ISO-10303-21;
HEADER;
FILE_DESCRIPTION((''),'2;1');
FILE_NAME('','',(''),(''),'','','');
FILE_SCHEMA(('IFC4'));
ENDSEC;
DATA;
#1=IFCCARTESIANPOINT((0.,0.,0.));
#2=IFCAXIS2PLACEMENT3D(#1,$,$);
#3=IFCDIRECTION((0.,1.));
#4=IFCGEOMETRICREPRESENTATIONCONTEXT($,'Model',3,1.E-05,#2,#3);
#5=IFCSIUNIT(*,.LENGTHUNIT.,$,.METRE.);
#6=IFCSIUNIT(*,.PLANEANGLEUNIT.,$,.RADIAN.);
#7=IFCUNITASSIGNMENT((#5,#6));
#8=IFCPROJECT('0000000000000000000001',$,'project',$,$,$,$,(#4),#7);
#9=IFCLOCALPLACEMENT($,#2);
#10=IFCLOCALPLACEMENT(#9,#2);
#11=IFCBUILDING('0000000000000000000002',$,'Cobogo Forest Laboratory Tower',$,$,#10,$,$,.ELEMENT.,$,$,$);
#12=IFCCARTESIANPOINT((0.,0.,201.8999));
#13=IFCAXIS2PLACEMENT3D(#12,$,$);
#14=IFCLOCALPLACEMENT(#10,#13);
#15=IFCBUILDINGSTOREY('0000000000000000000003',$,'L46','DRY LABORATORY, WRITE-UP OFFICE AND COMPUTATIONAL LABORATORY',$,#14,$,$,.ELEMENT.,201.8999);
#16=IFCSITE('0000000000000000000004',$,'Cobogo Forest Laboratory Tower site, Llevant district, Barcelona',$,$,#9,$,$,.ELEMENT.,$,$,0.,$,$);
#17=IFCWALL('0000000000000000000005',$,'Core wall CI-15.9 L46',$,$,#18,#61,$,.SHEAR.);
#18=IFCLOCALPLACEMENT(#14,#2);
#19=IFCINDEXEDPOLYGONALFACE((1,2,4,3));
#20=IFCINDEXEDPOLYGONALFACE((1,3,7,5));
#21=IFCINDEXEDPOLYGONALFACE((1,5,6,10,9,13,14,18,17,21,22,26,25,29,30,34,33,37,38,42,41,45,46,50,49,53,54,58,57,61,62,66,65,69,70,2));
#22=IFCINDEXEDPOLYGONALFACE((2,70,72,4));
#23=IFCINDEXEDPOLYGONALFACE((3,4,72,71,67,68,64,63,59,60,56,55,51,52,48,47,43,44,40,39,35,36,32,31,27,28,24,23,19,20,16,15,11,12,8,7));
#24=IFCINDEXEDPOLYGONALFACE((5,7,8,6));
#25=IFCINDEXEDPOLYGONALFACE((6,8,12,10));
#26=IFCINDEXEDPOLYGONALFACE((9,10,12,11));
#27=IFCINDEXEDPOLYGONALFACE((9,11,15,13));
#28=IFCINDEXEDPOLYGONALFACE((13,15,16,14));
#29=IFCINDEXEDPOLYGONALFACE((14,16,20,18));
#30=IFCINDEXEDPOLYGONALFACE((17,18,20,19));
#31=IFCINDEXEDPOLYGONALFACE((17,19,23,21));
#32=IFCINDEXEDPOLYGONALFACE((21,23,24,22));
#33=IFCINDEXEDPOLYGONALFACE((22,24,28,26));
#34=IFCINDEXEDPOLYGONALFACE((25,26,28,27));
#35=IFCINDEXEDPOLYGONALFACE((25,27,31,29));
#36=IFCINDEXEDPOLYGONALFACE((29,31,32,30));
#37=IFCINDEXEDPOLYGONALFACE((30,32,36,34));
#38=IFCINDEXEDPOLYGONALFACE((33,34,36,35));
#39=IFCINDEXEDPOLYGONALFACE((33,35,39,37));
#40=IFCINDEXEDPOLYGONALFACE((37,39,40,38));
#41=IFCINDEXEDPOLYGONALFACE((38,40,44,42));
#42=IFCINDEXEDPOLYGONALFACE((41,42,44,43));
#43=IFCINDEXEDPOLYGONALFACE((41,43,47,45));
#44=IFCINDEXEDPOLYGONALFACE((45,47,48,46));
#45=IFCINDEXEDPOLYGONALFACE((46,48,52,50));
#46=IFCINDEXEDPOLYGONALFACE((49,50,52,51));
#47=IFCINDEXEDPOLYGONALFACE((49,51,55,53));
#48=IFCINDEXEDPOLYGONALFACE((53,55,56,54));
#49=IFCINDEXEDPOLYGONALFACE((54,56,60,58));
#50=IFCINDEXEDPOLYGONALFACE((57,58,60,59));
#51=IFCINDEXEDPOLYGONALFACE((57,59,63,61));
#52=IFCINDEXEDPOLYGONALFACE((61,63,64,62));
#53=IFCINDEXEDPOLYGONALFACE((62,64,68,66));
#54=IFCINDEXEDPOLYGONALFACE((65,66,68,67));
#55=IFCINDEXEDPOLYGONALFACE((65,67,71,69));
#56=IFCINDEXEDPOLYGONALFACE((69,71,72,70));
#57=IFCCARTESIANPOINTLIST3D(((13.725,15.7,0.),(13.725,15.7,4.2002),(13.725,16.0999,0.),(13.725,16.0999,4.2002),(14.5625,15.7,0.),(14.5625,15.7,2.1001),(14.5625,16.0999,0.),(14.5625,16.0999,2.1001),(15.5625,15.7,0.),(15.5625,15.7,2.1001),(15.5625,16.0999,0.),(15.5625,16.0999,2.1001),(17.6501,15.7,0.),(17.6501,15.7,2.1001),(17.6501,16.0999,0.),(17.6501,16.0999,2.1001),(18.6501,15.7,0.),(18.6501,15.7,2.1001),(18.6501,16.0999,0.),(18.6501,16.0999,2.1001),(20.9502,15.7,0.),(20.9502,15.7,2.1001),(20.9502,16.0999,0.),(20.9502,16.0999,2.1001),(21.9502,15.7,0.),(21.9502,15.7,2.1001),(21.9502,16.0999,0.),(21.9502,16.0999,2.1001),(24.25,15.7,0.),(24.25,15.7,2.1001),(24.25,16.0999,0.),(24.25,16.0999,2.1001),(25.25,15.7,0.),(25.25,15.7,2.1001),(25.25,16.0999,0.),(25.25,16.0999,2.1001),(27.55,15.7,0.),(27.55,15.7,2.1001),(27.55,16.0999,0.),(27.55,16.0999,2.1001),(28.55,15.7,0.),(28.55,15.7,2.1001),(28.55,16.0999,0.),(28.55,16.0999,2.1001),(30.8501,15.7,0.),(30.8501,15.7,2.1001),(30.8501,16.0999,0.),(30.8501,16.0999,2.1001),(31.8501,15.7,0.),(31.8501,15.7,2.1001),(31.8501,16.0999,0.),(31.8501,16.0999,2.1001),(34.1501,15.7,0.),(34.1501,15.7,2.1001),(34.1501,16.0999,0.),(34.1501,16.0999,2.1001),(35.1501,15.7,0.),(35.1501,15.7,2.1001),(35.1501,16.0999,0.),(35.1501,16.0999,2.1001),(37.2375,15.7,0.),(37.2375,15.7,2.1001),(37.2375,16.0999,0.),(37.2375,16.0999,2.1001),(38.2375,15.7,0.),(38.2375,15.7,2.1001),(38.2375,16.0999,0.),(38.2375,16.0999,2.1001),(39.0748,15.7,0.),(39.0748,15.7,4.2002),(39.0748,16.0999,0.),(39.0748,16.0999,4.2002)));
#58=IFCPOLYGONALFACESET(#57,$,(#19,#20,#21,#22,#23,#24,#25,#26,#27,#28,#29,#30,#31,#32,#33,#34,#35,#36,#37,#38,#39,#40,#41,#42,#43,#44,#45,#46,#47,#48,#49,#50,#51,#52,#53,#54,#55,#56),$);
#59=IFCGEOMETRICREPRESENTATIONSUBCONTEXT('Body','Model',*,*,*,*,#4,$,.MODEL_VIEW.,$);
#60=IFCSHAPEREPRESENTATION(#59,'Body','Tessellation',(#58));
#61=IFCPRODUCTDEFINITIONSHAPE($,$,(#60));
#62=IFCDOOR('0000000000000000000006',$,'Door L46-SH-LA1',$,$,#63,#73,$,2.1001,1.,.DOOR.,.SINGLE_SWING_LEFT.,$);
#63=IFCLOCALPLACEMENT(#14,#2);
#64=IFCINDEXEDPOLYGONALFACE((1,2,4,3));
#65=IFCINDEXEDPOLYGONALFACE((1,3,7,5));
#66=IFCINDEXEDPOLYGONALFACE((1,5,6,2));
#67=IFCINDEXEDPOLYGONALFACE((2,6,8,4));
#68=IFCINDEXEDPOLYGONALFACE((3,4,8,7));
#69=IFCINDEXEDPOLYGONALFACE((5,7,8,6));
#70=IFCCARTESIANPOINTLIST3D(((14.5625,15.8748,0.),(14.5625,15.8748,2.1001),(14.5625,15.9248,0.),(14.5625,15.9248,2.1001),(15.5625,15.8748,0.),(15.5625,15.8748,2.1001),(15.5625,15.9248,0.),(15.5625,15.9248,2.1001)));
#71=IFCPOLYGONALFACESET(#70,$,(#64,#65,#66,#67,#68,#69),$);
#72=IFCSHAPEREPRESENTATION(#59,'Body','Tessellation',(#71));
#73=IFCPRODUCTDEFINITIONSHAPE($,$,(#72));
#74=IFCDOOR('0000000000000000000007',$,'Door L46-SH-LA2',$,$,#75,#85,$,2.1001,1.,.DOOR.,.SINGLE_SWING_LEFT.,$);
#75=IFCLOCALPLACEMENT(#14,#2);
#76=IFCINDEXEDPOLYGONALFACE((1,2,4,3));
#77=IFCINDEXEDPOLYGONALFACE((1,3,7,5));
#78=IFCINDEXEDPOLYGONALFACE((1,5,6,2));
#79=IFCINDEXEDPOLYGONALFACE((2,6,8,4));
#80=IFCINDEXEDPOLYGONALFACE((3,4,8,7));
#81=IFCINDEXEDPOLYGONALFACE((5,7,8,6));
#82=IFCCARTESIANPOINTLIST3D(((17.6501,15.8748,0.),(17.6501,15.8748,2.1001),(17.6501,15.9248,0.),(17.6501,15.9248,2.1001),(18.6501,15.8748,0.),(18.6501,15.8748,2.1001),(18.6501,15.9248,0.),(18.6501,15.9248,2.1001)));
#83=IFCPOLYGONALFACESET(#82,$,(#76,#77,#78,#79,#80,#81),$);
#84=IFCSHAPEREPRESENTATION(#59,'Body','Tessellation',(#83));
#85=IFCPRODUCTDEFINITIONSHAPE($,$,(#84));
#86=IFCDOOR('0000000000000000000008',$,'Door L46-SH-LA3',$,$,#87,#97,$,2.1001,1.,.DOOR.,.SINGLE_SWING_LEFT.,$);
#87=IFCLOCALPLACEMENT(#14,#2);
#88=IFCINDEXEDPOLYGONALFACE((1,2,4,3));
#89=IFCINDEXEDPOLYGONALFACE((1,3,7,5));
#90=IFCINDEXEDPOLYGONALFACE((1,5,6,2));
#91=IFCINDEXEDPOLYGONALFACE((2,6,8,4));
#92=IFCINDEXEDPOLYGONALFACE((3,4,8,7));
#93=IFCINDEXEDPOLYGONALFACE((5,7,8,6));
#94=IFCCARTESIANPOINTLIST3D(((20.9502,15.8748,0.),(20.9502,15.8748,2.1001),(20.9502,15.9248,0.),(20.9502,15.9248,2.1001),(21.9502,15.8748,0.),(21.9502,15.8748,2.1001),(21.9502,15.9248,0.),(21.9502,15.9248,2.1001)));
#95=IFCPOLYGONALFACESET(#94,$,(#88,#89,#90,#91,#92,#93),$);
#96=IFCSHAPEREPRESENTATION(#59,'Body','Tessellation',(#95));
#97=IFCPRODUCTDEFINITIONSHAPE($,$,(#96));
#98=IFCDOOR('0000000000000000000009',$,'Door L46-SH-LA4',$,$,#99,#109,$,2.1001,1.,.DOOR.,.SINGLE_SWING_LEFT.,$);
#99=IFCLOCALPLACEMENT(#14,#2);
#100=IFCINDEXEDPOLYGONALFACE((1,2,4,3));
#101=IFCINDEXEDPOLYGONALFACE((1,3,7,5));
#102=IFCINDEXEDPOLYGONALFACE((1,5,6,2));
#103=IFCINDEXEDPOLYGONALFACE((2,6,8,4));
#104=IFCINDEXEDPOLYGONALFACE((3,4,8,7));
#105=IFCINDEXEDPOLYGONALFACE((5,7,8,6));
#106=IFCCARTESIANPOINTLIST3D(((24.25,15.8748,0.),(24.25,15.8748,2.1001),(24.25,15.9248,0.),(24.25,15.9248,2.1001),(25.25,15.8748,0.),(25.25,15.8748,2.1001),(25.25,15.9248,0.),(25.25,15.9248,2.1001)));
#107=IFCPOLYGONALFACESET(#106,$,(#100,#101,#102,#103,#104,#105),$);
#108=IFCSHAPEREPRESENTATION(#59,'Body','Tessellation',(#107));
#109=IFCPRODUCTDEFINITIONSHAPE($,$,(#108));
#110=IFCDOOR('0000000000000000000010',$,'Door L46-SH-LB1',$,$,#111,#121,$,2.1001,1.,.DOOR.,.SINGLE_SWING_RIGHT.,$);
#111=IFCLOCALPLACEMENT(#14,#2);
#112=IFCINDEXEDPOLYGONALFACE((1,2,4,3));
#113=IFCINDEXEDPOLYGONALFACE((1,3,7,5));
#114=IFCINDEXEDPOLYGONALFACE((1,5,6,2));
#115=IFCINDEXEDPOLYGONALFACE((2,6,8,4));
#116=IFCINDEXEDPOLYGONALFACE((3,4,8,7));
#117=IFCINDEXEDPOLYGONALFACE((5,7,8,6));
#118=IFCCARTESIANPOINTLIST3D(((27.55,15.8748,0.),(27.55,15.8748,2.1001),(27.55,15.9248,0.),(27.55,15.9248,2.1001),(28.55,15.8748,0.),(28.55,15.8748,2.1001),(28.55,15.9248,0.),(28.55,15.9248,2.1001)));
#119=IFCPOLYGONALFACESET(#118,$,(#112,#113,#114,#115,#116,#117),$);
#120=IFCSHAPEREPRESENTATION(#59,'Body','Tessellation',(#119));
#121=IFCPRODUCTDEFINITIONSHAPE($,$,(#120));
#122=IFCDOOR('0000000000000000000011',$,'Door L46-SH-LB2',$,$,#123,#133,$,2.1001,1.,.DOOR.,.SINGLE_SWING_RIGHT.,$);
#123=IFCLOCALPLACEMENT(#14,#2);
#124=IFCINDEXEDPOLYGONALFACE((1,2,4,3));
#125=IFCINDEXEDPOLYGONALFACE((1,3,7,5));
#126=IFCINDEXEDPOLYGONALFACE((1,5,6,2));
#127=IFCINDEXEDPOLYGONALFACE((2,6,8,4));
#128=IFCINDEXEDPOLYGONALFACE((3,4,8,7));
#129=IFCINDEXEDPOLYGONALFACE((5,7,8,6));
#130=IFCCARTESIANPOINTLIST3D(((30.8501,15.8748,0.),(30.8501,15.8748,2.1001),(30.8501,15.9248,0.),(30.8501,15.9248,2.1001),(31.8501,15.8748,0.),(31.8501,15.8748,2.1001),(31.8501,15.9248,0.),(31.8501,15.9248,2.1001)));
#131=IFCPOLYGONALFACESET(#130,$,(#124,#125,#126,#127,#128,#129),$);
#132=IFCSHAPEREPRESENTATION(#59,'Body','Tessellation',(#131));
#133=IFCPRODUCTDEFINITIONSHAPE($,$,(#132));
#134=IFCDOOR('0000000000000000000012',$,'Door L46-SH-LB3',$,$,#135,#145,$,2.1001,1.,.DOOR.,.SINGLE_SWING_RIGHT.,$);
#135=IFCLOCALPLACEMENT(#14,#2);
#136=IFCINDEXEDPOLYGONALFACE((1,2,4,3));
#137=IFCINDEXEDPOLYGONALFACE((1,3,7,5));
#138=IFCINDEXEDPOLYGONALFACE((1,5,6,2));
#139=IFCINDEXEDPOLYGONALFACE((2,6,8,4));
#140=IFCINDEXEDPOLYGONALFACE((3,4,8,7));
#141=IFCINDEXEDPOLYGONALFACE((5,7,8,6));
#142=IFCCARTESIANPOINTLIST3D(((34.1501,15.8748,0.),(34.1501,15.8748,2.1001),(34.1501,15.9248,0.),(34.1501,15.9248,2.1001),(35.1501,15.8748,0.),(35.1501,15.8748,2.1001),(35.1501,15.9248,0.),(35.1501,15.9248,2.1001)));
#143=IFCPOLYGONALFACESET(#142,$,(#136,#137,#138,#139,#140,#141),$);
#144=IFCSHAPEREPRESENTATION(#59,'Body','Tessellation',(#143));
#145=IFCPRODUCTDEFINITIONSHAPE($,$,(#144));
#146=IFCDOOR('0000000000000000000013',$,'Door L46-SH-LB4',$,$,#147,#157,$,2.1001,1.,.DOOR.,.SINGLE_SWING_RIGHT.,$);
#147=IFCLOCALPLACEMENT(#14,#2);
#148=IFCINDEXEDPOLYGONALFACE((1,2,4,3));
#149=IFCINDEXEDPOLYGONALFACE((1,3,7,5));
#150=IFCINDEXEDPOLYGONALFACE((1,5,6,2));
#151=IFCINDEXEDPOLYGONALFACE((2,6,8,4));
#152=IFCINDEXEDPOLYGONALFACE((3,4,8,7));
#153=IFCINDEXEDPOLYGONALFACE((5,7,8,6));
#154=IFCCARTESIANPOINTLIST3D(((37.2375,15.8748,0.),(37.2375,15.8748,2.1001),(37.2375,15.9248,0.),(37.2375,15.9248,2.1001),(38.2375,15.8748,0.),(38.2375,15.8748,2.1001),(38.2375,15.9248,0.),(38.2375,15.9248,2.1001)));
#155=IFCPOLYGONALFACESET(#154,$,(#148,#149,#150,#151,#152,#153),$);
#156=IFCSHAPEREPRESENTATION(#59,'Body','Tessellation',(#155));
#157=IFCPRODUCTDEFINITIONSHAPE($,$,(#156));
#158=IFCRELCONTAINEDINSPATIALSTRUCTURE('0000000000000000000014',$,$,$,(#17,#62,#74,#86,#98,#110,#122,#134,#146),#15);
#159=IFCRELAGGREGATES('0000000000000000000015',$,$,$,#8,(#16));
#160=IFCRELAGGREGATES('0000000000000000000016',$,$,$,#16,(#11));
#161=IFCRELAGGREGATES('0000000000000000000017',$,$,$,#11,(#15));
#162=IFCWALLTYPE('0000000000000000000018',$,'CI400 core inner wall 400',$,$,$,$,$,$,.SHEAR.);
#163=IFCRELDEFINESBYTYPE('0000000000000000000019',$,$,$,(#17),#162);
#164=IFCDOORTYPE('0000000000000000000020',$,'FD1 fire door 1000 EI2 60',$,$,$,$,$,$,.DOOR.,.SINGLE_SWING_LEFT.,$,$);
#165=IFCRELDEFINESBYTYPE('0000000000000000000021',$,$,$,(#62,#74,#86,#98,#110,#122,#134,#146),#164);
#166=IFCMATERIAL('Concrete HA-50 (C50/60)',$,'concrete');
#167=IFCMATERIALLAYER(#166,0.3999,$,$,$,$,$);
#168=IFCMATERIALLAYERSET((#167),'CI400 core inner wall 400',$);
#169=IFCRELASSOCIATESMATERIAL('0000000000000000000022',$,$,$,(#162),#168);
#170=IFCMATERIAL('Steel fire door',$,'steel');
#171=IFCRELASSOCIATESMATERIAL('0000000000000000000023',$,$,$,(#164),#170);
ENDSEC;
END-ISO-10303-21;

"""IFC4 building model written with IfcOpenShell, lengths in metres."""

from ifc_helpers import new_model, si_unit, direction, frame, frame_2d, origin, place, context, subcontext, project, spatial, rectangle, extrude, material, layer, layer_set, type_object, element, fill, save


model = new_model("IFC4")

# Units and contexts
model_context = context("Model", 3, precision=1e-05, world=origin(), true_north=direction((0.0, 1.0)))
body_context = subcontext(model_context, "Body", "Model", "MODEL_VIEW")
ifc_project = project(units=[si_unit("LENGTHUNIT", "METRE"), si_unit("PLANEANGLEUNIT", "RADIAN")], contexts=[model_context])

# Site, building, storey
site_placement = place(None, origin())
site = spatial("IfcSite", under=ifc_project, at=site_placement, Name="Cobogo Forest Laboratory Tower site, Llevant district, Barcelona", CompositionType="ELEMENT", RefElevation=0.0)
building_placement = place(site_placement, origin())
building = spatial("IfcBuilding", under=site, at=building_placement, Name="Cobogo Forest Laboratory Tower", CompositionType="ELEMENT")
storey_placement = place(building_placement, frame((0.0, 0.0, 201.8999)))
storey = spatial("IfcBuildingStorey", under=building, at=storey_placement, Name="L46", Description="DRY LABORATORY, WRITE-UP OFFICE AND COMPUTATIONAL LABORATORY", CompositionType="ELEMENT", Elevation=201.8999)

# Wall, openings, doors
ifc_material_1 = material(Name="Concrete HA-50 (C50/60)", Category="concrete")
ifc_layer = layer(ifc_material_1, 0.3999)
ifc_layer_set = layer_set([ifc_layer], Name="CI400 core inner wall 400")
wall_type = type_object("IfcWallType", Name="CI400 core inner wall 400", PredefinedType="SHEAR", material=ifc_layer_set)
wall_1_placement = place(storey_placement, frame((13.7251, 15.8999, 0.0), z_axis=(0.0, 0.0, 1.0), x_axis=(1.0, 0.0, 0.0)))
wall_1 = element("IfcWall", 1, at=wall_1_placement, inside=storey, type_object=wall_type, Name="Core wall CI-15.9 L46", PredefinedType="SHEAR", context=body_context, shape_type="SweptSolid", body=[
    extrude(rectangle(XDim=25.3499, YDim=0.3999, at=frame_2d((12.6748, 0.0))), origin(), (0.0, 0.0, 1.0), 4.2002),
])
opening_1_placement = place(wall_1_placement, frame((0.8374, 0.0, 0.0)))
opening_1 = element("IfcOpeningElement", 2, at=opening_1_placement, cuts=wall_1, PredefinedType="OPENING", context=body_context, shape_type="SweptSolid", body=[
    extrude(rectangle(XDim=1.0, YDim=2.1001, at=frame_2d((0.5, 1.05))), frame((0.0, 0.21, 0.0), z_axis=(0.0, -1.0, 0.0), x_axis=(1.0, 0.0, 0.0)), (0.0, 0.0, 1.0), 0.4199),
])
opening_2_placement = place(wall_1_placement, frame((3.925, 0.0, 0.0)))
opening_2 = element("IfcOpeningElement", 3, at=opening_2_placement, cuts=wall_1, PredefinedType="OPENING", context=body_context, shape_type="SweptSolid", body=[
    extrude(rectangle(XDim=1.0, YDim=2.1001, at=frame_2d((0.5, 1.05))), frame((0.0, 0.21, 0.0), z_axis=(0.0, -1.0, 0.0), x_axis=(1.0, 0.0, 0.0)), (0.0, 0.0, 1.0), 0.4199),
])
opening_3_placement = place(wall_1_placement, frame((7.2251, 0.0, 0.0)))
opening_3 = element("IfcOpeningElement", 4, at=opening_3_placement, cuts=wall_1, PredefinedType="OPENING", context=body_context, shape_type="SweptSolid", body=[
    extrude(rectangle(XDim=1.0, YDim=2.1001, at=frame_2d((0.5, 1.05))), frame((0.0, 0.21, 0.0), z_axis=(0.0, -1.0, 0.0), x_axis=(1.0, 0.0, 0.0)), (0.0, 0.0, 1.0), 0.4199),
])
opening_4_placement = place(wall_1_placement, frame((10.5249, 0.0, 0.0)))
opening_4 = element("IfcOpeningElement", 5, at=opening_4_placement, cuts=wall_1, PredefinedType="OPENING", context=body_context, shape_type="SweptSolid", body=[
    extrude(rectangle(XDim=1.0, YDim=2.1001, at=frame_2d((0.5, 1.05))), frame((0.0, 0.21, 0.0), z_axis=(0.0, -1.0, 0.0), x_axis=(1.0, 0.0, 0.0)), (0.0, 0.0, 1.0), 0.4199),
])
opening_5_placement = place(wall_1_placement, frame((13.825, 0.0, 0.0)))
opening_5 = element("IfcOpeningElement", 6, at=opening_5_placement, cuts=wall_1, PredefinedType="OPENING", context=body_context, shape_type="SweptSolid", body=[
    extrude(rectangle(XDim=1.0, YDim=2.1001, at=frame_2d((0.5, 1.05))), frame((0.0, 0.21, 0.0), z_axis=(0.0, -1.0, 0.0), x_axis=(1.0, 0.0, 0.0)), (0.0, 0.0, 1.0), 0.4199),
])
opening_6_placement = place(wall_1_placement, frame((17.125, 0.0, 0.0)))
opening_6 = element("IfcOpeningElement", 7, at=opening_6_placement, cuts=wall_1, PredefinedType="OPENING", context=body_context, shape_type="SweptSolid", body=[
    extrude(rectangle(XDim=1.0, YDim=2.1001, at=frame_2d((0.5, 1.05))), frame((0.0, 0.21, 0.0), z_axis=(0.0, -1.0, 0.0), x_axis=(1.0, 0.0, 0.0)), (0.0, 0.0, 1.0), 0.4199),
])
opening_7_placement = place(wall_1_placement, frame((20.425, 0.0, 0.0)))
opening_7 = element("IfcOpeningElement", 8, at=opening_7_placement, cuts=wall_1, PredefinedType="OPENING", context=body_context, shape_type="SweptSolid", body=[
    extrude(rectangle(XDim=1.0, YDim=2.1001, at=frame_2d((0.5, 1.05))), frame((0.0, 0.21, 0.0), z_axis=(0.0, -1.0, 0.0), x_axis=(1.0, 0.0, 0.0)), (0.0, 0.0, 1.0), 0.4199),
])
opening_8_placement = place(wall_1_placement, frame((23.5125, 0.0, 0.0)))
opening_8 = element("IfcOpeningElement", 9, at=opening_8_placement, cuts=wall_1, PredefinedType="OPENING", context=body_context, shape_type="SweptSolid", body=[
    extrude(rectangle(XDim=1.0, YDim=2.1001, at=frame_2d((0.5, 1.05))), frame((0.0, 0.21, 0.0), z_axis=(0.0, -1.0, 0.0), x_axis=(1.0, 0.0, 0.0)), (0.0, 0.0, 1.0), 0.4199),
])
ifc_material_2 = material(Name="Steel fire door", Category="steel")
door_type_1 = type_object("IfcDoorType", Name="FD1 fire door 1000 EI2 60", OperationType="SINGLE_SWING_LEFT", PredefinedType="DOOR", material=ifc_material_2)
door_1_placement = place(opening_1_placement, origin())
door_1 = element("IfcDoor", 10, at=door_1_placement, inside=storey, type_object=door_type_1, Name="Door L46-SH-LA1", OperationType="SINGLE_SWING_LEFT", OverallHeight=2.1001, OverallWidth=1.0, PredefinedType="DOOR", context=body_context, shape_type="SweptSolid", body=[
    extrude(rectangle(XDim=1.0, YDim=2.1001, at=frame_2d((0.5, 1.05))), frame((0.0, 0.0249, 0.0), z_axis=(0.0, -1.0, 0.0), x_axis=(1.0, 0.0, 0.0)), (0.0, 0.0, 1.0), 0.05),
])
fill(opening_1, door_1)
door_2_placement = place(opening_2_placement, origin())
door_2 = element("IfcDoor", 11, at=door_2_placement, inside=storey, type_object=door_type_1, Name="Door L46-SH-LA2", OperationType="SINGLE_SWING_LEFT", OverallHeight=2.1001, OverallWidth=1.0, PredefinedType="DOOR", context=body_context, shape_type="SweptSolid", body=[
    extrude(rectangle(XDim=1.0, YDim=2.1001, at=frame_2d((0.5, 1.05))), frame((0.0, 0.0249, 0.0), z_axis=(0.0, -1.0, 0.0), x_axis=(1.0, 0.0, 0.0)), (0.0, 0.0, 1.0), 0.05),
])
fill(opening_2, door_2)
door_3_placement = place(opening_3_placement, origin())
door_3 = element("IfcDoor", 12, at=door_3_placement, inside=storey, type_object=door_type_1, Name="Door L46-SH-LA3", OperationType="SINGLE_SWING_LEFT", OverallHeight=2.1001, OverallWidth=1.0, PredefinedType="DOOR", context=body_context, shape_type="SweptSolid", body=[
    extrude(rectangle(XDim=1.0, YDim=2.1001, at=frame_2d((0.5, 1.05))), frame((0.0, 0.0249, 0.0), z_axis=(0.0, -1.0, 0.0), x_axis=(1.0, 0.0, 0.0)), (0.0, 0.0, 1.0), 0.05),
])
fill(opening_3, door_3)
door_4_placement = place(opening_4_placement, origin())
door_4 = element("IfcDoor", 13, at=door_4_placement, inside=storey, type_object=door_type_1, Name="Door L46-SH-LA4", OperationType="SINGLE_SWING_LEFT", OverallHeight=2.1001, OverallWidth=1.0, PredefinedType="DOOR", context=body_context, shape_type="SweptSolid", body=[
    extrude(rectangle(XDim=1.0, YDim=2.1001, at=frame_2d((0.5, 1.05))), frame((0.0, 0.0249, 0.0), z_axis=(0.0, -1.0, 0.0), x_axis=(1.0, 0.0, 0.0)), (0.0, 0.0, 1.0), 0.05),
])
fill(opening_4, door_4)
door_5_placement = place(opening_5_placement, origin())
door_5 = element("IfcDoor", 14, at=door_5_placement, inside=storey, type_object=door_type_1, Name="Door L46-SH-LB1", OperationType="SINGLE_SWING_RIGHT", OverallHeight=2.1001, OverallWidth=1.0, PredefinedType="DOOR", context=body_context, shape_type="SweptSolid", body=[
    extrude(rectangle(XDim=1.0, YDim=2.1001, at=frame_2d((0.5, 1.05))), frame((0.0, 0.0249, 0.0), z_axis=(0.0, -1.0, 0.0), x_axis=(1.0, 0.0, 0.0)), (0.0, 0.0, 1.0), 0.05),
])
fill(opening_5, door_5)
door_6_placement = place(opening_6_placement, origin())
door_6 = element("IfcDoor", 15, at=door_6_placement, inside=storey, type_object=door_type_1, Name="Door L46-SH-LB2", OperationType="SINGLE_SWING_RIGHT", OverallHeight=2.1001, OverallWidth=1.0, PredefinedType="DOOR", context=body_context, shape_type="SweptSolid", body=[
    extrude(rectangle(XDim=1.0, YDim=2.1001, at=frame_2d((0.5, 1.05))), frame((0.0, 0.0249, 0.0), z_axis=(0.0, -1.0, 0.0), x_axis=(1.0, 0.0, 0.0)), (0.0, 0.0, 1.0), 0.05),
])
fill(opening_6, door_6)
door_7_placement = place(opening_7_placement, origin())
door_7 = element("IfcDoor", 16, at=door_7_placement, inside=storey, type_object=door_type_1, Name="Door L46-SH-LB3", OperationType="SINGLE_SWING_RIGHT", OverallHeight=2.1001, OverallWidth=1.0, PredefinedType="DOOR", context=body_context, shape_type="SweptSolid", body=[
    extrude(rectangle(XDim=1.0, YDim=2.1001, at=frame_2d((0.5, 1.05))), frame((0.0, 0.0249, 0.0), z_axis=(0.0, -1.0, 0.0), x_axis=(1.0, 0.0, 0.0)), (0.0, 0.0, 1.0), 0.05),
])
fill(opening_7, door_7)
door_8_placement = place(opening_8_placement, origin())
door_8 = element("IfcDoor", 17, at=door_8_placement, inside=storey, type_object=door_type_1, Name="Door L46-SH-LB4", OperationType="SINGLE_SWING_RIGHT", OverallHeight=2.1001, OverallWidth=1.0, PredefinedType="DOOR", context=body_context, shape_type="SweptSolid", body=[
    extrude(rectangle(XDim=1.0, YDim=2.1001, at=frame_2d((0.5, 1.05))), frame((0.0, 0.0249, 0.0), z_axis=(0.0, -1.0, 0.0), x_axis=(1.0, 0.0, 0.0)), (0.0, 0.0, 1.0), 0.05),
])
fill(opening_8, door_8)

save(model, "model.ifc")
